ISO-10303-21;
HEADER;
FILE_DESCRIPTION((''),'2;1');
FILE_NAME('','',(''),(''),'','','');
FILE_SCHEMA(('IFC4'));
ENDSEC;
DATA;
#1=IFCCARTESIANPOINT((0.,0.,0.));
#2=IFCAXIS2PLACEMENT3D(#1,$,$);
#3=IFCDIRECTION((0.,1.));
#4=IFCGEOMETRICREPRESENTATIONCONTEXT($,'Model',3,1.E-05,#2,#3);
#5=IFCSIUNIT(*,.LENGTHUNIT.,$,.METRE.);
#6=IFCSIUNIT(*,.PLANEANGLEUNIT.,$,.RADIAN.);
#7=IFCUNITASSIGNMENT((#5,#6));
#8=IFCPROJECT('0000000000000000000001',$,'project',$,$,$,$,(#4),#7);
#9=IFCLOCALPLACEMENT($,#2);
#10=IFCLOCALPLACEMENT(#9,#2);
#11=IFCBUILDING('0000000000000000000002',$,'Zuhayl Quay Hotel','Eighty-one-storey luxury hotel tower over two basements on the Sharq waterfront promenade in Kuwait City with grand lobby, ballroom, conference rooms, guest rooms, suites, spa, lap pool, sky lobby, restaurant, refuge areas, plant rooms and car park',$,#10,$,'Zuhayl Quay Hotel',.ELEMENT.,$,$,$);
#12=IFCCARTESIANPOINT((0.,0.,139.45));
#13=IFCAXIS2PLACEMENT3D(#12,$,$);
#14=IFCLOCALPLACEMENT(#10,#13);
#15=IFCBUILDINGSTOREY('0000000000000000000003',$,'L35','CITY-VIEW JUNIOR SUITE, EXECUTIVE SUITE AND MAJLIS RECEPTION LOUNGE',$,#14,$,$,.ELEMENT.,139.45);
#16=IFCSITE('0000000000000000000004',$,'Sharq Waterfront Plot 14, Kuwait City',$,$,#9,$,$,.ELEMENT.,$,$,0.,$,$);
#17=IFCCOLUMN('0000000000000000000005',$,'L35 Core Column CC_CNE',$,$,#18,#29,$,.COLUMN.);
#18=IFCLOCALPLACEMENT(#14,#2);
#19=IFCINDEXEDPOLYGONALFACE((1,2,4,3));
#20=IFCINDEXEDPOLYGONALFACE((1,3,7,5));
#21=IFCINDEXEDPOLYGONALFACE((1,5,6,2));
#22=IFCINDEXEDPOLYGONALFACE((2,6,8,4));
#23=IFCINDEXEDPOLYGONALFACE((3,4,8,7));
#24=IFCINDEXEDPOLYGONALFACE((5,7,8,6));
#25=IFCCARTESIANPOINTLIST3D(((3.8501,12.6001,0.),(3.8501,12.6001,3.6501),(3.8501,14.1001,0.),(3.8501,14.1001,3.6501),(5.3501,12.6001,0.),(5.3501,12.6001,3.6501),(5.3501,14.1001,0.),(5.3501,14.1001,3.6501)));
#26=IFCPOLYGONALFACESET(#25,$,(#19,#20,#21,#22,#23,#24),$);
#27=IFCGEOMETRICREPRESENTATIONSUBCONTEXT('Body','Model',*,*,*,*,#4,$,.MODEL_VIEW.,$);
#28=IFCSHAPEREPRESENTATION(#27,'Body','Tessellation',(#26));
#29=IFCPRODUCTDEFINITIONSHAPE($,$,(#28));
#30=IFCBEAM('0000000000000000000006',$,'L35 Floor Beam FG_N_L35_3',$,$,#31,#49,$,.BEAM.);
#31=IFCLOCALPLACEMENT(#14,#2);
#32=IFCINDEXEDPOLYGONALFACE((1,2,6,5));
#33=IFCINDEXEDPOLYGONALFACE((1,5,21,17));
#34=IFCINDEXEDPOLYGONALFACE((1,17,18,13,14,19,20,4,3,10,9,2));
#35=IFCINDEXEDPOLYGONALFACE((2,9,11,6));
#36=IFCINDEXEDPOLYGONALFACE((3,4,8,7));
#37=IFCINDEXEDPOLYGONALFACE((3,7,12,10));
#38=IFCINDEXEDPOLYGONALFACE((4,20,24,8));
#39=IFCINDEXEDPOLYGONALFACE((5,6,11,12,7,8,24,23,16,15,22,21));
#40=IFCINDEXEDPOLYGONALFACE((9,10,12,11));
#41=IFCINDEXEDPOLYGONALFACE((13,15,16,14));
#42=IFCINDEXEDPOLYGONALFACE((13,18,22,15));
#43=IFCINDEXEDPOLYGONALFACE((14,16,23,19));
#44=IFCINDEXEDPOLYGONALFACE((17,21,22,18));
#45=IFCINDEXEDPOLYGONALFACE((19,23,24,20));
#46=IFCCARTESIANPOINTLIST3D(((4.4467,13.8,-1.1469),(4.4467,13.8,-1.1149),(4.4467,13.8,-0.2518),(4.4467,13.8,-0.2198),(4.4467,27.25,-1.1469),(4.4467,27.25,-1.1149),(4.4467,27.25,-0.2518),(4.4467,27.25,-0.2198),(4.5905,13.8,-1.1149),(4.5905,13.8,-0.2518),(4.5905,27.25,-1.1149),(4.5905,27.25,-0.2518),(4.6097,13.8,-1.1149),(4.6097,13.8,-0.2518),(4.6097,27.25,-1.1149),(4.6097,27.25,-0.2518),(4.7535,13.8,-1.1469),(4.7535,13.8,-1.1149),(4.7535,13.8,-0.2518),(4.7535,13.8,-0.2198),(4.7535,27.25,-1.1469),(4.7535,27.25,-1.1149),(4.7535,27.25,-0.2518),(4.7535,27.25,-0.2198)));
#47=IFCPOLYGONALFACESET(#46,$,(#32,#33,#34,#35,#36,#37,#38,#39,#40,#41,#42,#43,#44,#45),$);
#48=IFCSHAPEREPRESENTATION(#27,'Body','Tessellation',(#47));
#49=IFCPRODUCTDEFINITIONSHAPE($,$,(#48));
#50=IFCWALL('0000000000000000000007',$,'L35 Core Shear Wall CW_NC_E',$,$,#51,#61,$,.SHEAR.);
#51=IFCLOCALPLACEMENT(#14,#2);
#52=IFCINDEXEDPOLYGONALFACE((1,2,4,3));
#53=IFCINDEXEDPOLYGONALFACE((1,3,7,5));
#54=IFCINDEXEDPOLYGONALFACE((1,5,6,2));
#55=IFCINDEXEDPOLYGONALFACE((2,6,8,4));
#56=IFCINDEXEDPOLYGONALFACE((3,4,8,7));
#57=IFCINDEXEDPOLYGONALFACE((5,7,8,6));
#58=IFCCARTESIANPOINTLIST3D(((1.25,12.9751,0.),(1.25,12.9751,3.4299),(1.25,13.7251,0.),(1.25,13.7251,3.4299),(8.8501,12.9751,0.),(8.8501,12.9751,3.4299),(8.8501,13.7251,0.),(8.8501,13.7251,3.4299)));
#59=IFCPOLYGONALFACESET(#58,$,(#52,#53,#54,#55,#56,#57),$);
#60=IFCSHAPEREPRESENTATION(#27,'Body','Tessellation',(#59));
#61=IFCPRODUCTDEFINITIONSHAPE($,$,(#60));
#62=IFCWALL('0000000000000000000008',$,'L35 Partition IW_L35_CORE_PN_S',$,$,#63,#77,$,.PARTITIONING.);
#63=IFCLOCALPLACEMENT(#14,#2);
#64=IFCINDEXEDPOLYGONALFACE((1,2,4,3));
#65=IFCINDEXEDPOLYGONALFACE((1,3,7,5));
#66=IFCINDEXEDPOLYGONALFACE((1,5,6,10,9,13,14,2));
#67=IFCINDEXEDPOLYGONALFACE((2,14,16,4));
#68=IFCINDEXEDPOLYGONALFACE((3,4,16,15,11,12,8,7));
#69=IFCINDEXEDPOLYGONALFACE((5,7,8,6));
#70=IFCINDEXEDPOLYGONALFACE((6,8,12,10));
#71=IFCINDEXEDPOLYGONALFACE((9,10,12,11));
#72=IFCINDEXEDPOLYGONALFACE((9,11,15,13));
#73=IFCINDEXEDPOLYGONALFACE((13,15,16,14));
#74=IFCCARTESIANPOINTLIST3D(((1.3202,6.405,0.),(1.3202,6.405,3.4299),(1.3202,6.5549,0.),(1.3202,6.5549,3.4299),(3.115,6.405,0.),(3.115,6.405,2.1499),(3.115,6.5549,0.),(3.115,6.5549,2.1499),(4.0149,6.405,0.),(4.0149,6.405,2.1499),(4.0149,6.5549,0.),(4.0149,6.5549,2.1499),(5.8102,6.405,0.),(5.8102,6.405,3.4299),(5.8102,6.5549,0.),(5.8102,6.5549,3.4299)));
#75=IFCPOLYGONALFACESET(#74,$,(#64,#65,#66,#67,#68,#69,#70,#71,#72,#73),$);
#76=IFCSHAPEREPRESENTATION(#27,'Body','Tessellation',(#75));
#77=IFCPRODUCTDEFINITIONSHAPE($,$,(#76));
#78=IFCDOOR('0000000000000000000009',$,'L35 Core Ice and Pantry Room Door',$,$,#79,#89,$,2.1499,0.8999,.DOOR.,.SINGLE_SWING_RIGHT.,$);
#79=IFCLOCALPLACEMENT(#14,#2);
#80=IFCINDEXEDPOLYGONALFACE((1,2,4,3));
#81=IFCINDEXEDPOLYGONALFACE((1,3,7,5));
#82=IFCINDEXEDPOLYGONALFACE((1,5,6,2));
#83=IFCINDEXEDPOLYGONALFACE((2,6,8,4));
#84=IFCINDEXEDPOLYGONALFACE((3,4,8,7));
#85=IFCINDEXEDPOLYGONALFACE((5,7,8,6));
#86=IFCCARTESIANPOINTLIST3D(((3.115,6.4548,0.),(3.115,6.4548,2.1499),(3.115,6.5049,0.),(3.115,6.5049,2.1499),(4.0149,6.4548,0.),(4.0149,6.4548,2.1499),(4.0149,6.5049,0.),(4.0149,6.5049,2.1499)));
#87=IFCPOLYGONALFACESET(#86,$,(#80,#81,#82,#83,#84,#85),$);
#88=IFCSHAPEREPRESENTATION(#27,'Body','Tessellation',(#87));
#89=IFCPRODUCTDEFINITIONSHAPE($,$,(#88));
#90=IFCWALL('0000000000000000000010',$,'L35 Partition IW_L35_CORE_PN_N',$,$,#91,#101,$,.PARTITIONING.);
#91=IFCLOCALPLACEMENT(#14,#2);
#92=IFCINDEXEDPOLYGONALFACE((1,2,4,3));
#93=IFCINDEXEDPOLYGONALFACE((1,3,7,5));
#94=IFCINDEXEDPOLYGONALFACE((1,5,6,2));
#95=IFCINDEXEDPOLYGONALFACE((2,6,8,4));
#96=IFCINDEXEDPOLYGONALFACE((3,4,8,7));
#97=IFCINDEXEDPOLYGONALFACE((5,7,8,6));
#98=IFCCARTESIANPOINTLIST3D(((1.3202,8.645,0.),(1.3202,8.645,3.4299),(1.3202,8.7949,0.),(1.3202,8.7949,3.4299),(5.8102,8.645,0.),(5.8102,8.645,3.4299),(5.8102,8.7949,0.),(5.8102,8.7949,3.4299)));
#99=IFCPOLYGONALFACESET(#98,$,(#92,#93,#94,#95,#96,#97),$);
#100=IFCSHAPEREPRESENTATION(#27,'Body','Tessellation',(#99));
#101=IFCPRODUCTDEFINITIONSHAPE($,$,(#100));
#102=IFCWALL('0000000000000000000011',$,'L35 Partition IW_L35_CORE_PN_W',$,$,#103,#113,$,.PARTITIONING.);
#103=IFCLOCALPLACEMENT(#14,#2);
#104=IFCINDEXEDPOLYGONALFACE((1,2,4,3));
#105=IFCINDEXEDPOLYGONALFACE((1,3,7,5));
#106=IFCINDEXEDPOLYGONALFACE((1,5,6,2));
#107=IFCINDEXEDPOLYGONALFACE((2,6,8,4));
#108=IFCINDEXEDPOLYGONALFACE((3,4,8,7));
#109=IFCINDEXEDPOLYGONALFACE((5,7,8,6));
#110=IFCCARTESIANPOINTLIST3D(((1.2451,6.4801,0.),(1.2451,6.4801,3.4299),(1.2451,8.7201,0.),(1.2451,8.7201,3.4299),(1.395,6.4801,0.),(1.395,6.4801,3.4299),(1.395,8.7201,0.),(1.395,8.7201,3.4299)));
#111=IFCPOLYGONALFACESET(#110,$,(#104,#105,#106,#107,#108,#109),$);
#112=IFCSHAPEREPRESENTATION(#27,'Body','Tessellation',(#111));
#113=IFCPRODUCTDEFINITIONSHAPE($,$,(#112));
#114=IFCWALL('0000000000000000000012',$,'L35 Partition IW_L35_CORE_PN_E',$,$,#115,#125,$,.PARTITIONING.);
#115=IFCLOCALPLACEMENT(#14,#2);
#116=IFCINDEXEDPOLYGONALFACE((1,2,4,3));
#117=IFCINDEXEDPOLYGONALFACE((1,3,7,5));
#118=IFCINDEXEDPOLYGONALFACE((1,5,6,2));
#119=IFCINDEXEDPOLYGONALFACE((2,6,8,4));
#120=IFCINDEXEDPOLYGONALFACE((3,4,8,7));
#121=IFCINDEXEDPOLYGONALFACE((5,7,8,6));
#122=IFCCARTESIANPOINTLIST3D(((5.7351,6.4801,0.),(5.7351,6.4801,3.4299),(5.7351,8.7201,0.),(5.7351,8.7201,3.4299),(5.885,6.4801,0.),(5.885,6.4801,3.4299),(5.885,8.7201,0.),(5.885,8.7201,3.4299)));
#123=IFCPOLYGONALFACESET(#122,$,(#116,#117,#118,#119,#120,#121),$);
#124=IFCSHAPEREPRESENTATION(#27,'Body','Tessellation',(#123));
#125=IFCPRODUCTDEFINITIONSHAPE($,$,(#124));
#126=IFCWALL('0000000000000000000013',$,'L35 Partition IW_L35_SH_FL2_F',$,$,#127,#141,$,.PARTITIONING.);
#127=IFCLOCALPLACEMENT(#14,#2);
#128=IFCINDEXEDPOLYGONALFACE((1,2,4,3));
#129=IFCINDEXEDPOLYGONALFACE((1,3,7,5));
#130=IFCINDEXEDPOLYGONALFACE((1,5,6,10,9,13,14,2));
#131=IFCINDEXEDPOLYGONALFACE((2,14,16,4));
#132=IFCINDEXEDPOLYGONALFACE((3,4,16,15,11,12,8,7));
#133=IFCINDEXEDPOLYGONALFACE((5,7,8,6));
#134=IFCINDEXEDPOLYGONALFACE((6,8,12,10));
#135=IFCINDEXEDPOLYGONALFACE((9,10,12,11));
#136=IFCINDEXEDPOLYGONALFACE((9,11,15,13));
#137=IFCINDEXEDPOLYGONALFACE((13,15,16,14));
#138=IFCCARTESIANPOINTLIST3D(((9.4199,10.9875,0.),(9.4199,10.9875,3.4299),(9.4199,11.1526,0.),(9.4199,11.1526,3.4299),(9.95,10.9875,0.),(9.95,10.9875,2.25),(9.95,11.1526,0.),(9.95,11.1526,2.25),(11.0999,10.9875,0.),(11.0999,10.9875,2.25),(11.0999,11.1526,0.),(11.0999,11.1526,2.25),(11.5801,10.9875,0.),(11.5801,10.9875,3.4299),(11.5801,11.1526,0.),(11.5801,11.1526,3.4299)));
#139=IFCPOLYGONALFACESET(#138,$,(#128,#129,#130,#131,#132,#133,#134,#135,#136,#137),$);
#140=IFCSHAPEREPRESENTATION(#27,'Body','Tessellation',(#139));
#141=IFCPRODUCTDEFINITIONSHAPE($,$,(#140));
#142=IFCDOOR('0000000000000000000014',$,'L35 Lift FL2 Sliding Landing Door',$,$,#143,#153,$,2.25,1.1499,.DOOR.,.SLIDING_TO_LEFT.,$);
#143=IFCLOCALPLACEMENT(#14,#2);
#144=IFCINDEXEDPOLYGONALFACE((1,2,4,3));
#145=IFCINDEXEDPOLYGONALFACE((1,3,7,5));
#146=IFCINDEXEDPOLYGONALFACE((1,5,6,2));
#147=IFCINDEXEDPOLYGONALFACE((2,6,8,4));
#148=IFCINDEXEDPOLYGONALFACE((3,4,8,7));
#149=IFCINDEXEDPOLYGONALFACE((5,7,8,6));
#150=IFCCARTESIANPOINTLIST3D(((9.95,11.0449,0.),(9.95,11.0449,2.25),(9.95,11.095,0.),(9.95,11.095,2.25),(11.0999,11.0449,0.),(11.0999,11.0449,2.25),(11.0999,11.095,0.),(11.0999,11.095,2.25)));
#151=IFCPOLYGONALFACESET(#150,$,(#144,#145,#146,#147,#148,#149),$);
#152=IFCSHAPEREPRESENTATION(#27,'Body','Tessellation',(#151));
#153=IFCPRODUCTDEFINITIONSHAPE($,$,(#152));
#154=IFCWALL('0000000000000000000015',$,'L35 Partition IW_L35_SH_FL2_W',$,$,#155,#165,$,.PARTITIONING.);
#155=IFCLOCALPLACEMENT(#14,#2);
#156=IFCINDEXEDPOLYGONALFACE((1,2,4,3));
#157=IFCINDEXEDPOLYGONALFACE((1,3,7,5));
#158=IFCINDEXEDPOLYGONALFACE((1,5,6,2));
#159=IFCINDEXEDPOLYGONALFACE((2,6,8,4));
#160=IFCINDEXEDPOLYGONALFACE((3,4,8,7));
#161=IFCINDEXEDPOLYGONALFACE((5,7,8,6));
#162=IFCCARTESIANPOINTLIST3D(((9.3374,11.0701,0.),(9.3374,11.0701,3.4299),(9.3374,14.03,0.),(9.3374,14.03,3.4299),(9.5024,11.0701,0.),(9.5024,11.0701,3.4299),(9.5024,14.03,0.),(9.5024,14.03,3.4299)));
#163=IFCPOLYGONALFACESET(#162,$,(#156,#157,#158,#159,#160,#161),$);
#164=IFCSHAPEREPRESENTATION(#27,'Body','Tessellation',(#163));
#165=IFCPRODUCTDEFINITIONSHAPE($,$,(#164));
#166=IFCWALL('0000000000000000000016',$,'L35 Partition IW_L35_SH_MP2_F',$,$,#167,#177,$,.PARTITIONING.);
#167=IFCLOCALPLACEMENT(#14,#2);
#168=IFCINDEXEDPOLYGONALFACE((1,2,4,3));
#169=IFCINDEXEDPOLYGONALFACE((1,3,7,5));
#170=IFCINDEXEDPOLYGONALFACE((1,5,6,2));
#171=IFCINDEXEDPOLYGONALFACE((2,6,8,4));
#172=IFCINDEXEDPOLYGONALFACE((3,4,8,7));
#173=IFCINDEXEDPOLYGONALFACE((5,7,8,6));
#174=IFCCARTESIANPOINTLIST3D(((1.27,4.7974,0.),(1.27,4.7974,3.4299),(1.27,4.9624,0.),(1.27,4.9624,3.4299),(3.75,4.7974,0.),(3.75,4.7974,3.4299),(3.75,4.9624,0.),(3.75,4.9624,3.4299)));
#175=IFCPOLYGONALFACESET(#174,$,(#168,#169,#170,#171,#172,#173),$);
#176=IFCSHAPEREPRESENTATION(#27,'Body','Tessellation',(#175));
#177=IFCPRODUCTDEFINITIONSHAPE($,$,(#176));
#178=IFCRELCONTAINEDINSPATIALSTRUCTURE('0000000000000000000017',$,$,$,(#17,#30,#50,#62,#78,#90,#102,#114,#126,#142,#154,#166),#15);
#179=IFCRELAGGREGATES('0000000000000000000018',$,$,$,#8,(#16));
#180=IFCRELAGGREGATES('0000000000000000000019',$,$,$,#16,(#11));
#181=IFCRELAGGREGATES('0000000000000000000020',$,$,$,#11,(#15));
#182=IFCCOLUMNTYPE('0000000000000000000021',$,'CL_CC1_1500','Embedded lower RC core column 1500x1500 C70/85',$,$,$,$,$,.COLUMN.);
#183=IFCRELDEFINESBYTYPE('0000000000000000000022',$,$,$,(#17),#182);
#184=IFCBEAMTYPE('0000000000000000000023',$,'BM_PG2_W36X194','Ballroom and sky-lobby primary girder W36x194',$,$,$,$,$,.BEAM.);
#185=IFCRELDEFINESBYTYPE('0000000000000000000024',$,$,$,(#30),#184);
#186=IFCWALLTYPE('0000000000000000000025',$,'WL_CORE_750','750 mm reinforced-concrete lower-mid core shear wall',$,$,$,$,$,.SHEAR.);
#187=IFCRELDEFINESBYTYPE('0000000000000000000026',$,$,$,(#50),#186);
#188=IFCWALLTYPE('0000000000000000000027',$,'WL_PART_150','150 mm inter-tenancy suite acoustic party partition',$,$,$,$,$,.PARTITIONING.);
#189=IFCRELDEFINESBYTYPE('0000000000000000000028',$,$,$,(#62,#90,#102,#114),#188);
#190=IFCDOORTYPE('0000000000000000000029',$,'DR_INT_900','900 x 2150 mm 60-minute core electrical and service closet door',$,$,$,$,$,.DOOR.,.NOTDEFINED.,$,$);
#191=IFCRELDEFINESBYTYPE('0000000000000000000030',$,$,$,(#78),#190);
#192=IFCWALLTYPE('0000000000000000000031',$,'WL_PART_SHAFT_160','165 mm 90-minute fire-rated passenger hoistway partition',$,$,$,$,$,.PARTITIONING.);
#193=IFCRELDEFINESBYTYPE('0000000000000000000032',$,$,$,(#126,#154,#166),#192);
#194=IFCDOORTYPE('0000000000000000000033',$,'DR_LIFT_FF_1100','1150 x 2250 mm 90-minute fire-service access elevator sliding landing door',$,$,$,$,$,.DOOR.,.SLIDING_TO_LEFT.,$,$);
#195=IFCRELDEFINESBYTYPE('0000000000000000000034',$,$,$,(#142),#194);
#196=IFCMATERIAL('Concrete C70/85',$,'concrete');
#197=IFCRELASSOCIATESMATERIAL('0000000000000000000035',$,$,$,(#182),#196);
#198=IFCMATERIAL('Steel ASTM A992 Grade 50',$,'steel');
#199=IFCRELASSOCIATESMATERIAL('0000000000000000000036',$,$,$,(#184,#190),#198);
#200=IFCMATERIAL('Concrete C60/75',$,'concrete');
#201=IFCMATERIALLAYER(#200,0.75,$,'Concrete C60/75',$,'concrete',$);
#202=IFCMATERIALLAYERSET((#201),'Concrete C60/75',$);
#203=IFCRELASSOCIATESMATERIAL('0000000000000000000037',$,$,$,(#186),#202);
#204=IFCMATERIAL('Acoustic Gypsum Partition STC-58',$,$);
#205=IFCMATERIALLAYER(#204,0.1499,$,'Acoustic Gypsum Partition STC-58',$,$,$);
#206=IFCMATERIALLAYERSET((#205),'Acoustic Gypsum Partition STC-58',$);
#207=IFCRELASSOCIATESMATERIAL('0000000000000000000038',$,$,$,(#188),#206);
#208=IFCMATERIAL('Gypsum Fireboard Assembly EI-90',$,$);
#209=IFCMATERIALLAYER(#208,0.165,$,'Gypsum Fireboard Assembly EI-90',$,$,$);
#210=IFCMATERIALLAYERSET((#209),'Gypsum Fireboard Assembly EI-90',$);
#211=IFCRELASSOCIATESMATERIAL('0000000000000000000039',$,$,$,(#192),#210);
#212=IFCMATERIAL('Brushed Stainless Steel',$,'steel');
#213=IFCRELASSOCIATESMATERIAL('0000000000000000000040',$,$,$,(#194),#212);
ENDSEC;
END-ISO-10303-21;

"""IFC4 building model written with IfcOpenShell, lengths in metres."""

from ifc_helpers import new_model, si_unit, direction, frame, frame_2d, origin, origin_2d, place, context, subcontext, project, spatial, rectangle, i_section, extrude, material, layer, layer_set, material_profile, profile_set, type_object, element, fill, save


model = new_model("IFC4")

# Units and contexts
model_context = context("Model", 3, precision=1e-05, world=origin(), true_north=direction((0.0, 1.0)))
body_context = subcontext(model_context, "Body", "Model", "MODEL_VIEW")
ifc_project = project(units=[si_unit("LENGTHUNIT", "METRE"), si_unit("PLANEANGLEUNIT", "RADIAN")], contexts=[model_context])

# Site, building, storey
site_placement = place(None, origin())
site = spatial("IfcSite", under=ifc_project, at=site_placement, Name="Sharq Waterfront Plot 14, Kuwait City", CompositionType="ELEMENT", RefElevation=0.0)
building_placement = place(site_placement, origin())
building = spatial("IfcBuilding", under=site, at=building_placement, Name="Zuhayl Quay Hotel", Description="Eighty-one-storey luxury hotel tower over two basements on the Sharq waterfront promenade in Kuwait City with grand lobby, ballroom, conference rooms, guest rooms, suites, spa, lap pool, sky lobby, restaurant, refuge areas, plant rooms and car park", LongName="Zuhayl Quay Hotel", CompositionType="ELEMENT")
storey_placement = place(building_placement, frame((0.0, 0.0, 139.45)))
storey = spatial("IfcBuildingStorey", under=building, at=storey_placement, Name="L35", Description="CITY-VIEW JUNIOR SUITE, EXECUTIVE SUITE AND MAJLIS RECEPTION LOUNGE", CompositionType="ELEMENT", Elevation=139.45)

# Column
ifc_material_1 = material(Name="Concrete C70/85", Category="concrete")
ifc_material_profile_1 = material_profile(ifc_material_1, rectangle(XDim=1.5, YDim=1.5, at=origin_2d()), Name="RC1500X1500")
ifc_profile_set_1 = profile_set([ifc_material_profile_1], Name="Concrete C70/85")
column_type = type_object("IfcColumnType", Name="CL_CC1_1500", Description="Embedded lower RC core column 1500x1500 C70/85", PredefinedType="COLUMN", material=ifc_profile_set_1)
column_placement = place(storey_placement, frame((4.6001, 13.3501, 0.0), z_axis=(0.0, 0.0, 1.0), x_axis=(1.0, 0.0, 0.0)))
element("IfcColumn", 1, at=column_placement, inside=storey, type_object=column_type, Name="L35 Core Column CC_CNE", PredefinedType="COLUMN", context=body_context, shape_type="SweptSolid", body=[
    extrude(rectangle(XDim=1.5, YDim=1.5, at=origin_2d()), origin(), (0.0, 0.0, 1.0), 3.6501),
])

# Beam
ifc_material_2 = material(Name="Steel ASTM A992 Grade 50", Category="steel")
ifc_material_profile_2 = material_profile(ifc_material_2, i_section(OverallWidth=0.3069, OverallDepth=0.927, WebThickness=0.0193, FlangeThickness=0.032, at=origin_2d()), Name="W36X194")
ifc_profile_set_2 = profile_set([ifc_material_profile_2], Name="Steel ASTM A992 Grade 50")
beam_type = type_object("IfcBeamType", Name="BM_PG2_W36X194", Description="Ballroom and sky-lobby primary girder W36x194", PredefinedType="BEAM", material=ifc_profile_set_2)
beam_placement = place(storey_placement, frame((4.6001, 13.8, -0.6833), z_axis=(0.0, 1.0, 0.0), x_axis=(-1.0, 0.0, 0.0)))
element("IfcBeam", 2, at=beam_placement, inside=storey, type_object=beam_type, Name="L35 Floor Beam FG_N_L35_3", PredefinedType="BEAM", context=body_context, shape_type="SweptSolid", body=[
    extrude(i_section(OverallWidth=0.3069, OverallDepth=0.927, WebThickness=0.0193, FlangeThickness=0.032, at=origin_2d()), origin(), (0.0, 0.0, 1.0), 13.45),
])

# Wall
ifc_material_3 = material(Name="Concrete C60/75", Category="concrete")
ifc_layer_1 = layer(ifc_material_3, 0.75, Name="Concrete C60/75", Category="concrete")
ifc_layer_set_1 = layer_set([ifc_layer_1], Name="Concrete C60/75")
wall_type_1 = type_object("IfcWallType", Name="WL_CORE_750", Description="750 mm reinforced-concrete lower-mid core shear wall", PredefinedType="SHEAR", material=ifc_layer_set_1)
wall_1_placement = place(storey_placement, frame((1.25, 13.3501, 0.0), z_axis=(0.0, 0.0, 1.0), x_axis=(1.0, 0.0, 0.0)))
element("IfcWall", 3, at=wall_1_placement, inside=storey, type_object=wall_type_1, Name="L35 Core Shear Wall CW_NC_E", PredefinedType="SHEAR", context=body_context, shape_type="SweptSolid", body=[
    extrude(rectangle(XDim=7.6001, YDim=0.75, at=frame_2d((3.8, 0.0))), origin(), (0.0, 0.0, 1.0), 3.4299),
])

# Wall, opening, door
ifc_material_4 = material(Name="Acoustic Gypsum Partition STC-58")
ifc_layer_2 = layer(ifc_material_4, 0.1499, Name="Acoustic Gypsum Partition STC-58")
ifc_layer_set_2 = layer_set([ifc_layer_2], Name="Acoustic Gypsum Partition STC-58")
wall_type_2 = type_object("IfcWallType", Name="WL_PART_150", Description="150 mm inter-tenancy suite acoustic party partition", PredefinedType="PARTITIONING", material=ifc_layer_set_2)
wall_2_placement = place(storey_placement, frame((1.3201, 6.48, 0.0), z_axis=(0.0, 0.0, 1.0), x_axis=(1.0, 0.0, 0.0)))
wall_2 = element("IfcWall", 4, at=wall_2_placement, inside=storey, type_object=wall_type_2, Name="L35 Partition IW_L35_CORE_PN_S", PredefinedType="PARTITIONING", context=body_context, shape_type="SweptSolid", body=[
    extrude(rectangle(XDim=4.49, YDim=0.1499, at=frame_2d((2.2451, 0.0))), origin(), (0.0, 0.0, 1.0), 3.4299),
])
opening_1_placement = place(wall_2_placement, frame((1.7949, 0.0, 0.0)))
opening_1 = element("IfcOpeningElement", 5, at=opening_1_placement, cuts=wall_2, PredefinedType="OPENING", context=body_context, shape_type="SweptSolid", body=[
    extrude(rectangle(XDim=0.8999, YDim=2.1499, at=frame_2d((0.45, 1.075))), frame((0.0, 0.085, 0.0), z_axis=(0.0, -1.0, 0.0), x_axis=(1.0, 0.0, 0.0)), (0.0, 0.0, 1.0), 0.1699),
])
door_type_1 = type_object("IfcDoorType", Name="DR_INT_900", Description="900 x 2150 mm 60-minute core electrical and service closet door", OperationType="NOTDEFINED", PredefinedType="DOOR", material=ifc_material_2)
door_1_placement = place(opening_1_placement, origin())
door_1 = element("IfcDoor", 6, at=door_1_placement, inside=storey, type_object=door_type_1, Name="L35 Core Ice and Pantry Room Door", OperationType="SINGLE_SWING_RIGHT", OverallHeight=2.1499, OverallWidth=0.8999, PredefinedType="DOOR", context=body_context, shape_type="SweptSolid", body=[
    extrude(rectangle(XDim=0.8999, YDim=2.1499, at=frame_2d((0.45, 1.075))), frame((0.0, 0.0249, 0.0), z_axis=(0.0, -1.0, 0.0), x_axis=(1.0, 0.0, 0.0)), (0.0, 0.0, 1.0), 0.05),
])
fill(opening_1, door_1)

# Walls
wall_3_placement = place(storey_placement, frame((1.3201, 8.72, 0.0), z_axis=(0.0, 0.0, 1.0), x_axis=(1.0, 0.0, 0.0)))
element("IfcWall", 7, at=wall_3_placement, inside=storey, type_object=wall_type_2, Name="L35 Partition IW_L35_CORE_PN_N", PredefinedType="PARTITIONING", context=body_context, shape_type="SweptSolid", body=[
    extrude(rectangle(XDim=4.49, YDim=0.1499, at=frame_2d((2.2451, 0.0))), origin(), (0.0, 0.0, 1.0), 3.4299),
])
for number, where, z_axis, x_axis, name in (
    (8, (1.3201, 6.48, 0.0), (0.0, 0.0, 1.0), (0.0, 1.0, 0.0), "L35 Partition IW_L35_CORE_PN_W"),
    (9, (5.8101, 6.48, 0.0), (0.0, 0.0, 1.0), (0.0, 1.0, 0.0), "L35 Partition IW_L35_CORE_PN_E"),
):
    element("IfcWall", number, at=place(storey_placement, frame(where, z_axis=z_axis, x_axis=x_axis)), inside=storey, type_object=wall_type_2, Name=name, PredefinedType="PARTITIONING", context=body_context, shape_type="SweptSolid", body=[
        extrude(rectangle(XDim=2.24, YDim=0.1499, at=frame_2d((1.1201, 0.0))), origin(), (0.0, 0.0, 1.0), 3.4299),
    ])

# Wall, opening, door
ifc_material_5 = material(Name="Gypsum Fireboard Assembly EI-90")
ifc_layer_3 = layer(ifc_material_5, 0.165, Name="Gypsum Fireboard Assembly EI-90")
ifc_layer_set_3 = layer_set([ifc_layer_3], Name="Gypsum Fireboard Assembly EI-90")
wall_type_3 = type_object("IfcWallType", Name="WL_PART_SHAFT_160", Description="165 mm 90-minute fire-rated passenger hoistway partition", PredefinedType="PARTITIONING", material=ifc_layer_set_3)
wall_4_placement = place(storey_placement, frame((9.4199, 11.0701, 0.0), z_axis=(0.0, 0.0, 1.0), x_axis=(1.0, 0.0, 0.0)))
wall_4 = element("IfcWall", 10, at=wall_4_placement, inside=storey, type_object=wall_type_3, Name="L35 Partition IW_L35_SH_FL2_F", PredefinedType="PARTITIONING", context=body_context, shape_type="SweptSolid", body=[
    extrude(rectangle(XDim=2.1602, YDim=0.165, at=frame_2d((1.0801, 0.0))), origin(), (0.0, 0.0, 1.0), 3.4299),
])
opening_2_placement = place(wall_4_placement, frame((0.53, 0.0, 0.0)))
opening_2 = element("IfcOpeningElement", 11, at=opening_2_placement, cuts=wall_4, PredefinedType="OPENING", context=body_context, shape_type="SweptSolid", body=[
    extrude(rectangle(XDim=1.1499, YDim=2.25, at=frame_2d((0.575, 1.125))), frame((0.0, 0.0925, 0.0), z_axis=(0.0, -1.0, 0.0), x_axis=(1.0, 0.0, 0.0)), (0.0, 0.0, 1.0), 0.1851),
])
ifc_material_6 = material(Name="Brushed Stainless Steel", Category="steel")
door_type_2 = type_object("IfcDoorType", Name="DR_LIFT_FF_1100", Description="1150 x 2250 mm 90-minute fire-service access elevator sliding landing door", OperationType="SLIDING_TO_LEFT", PredefinedType="DOOR", material=ifc_material_6)
door_2_placement = place(opening_2_placement, origin())
door_2 = element("IfcDoor", 12, at=door_2_placement, inside=storey, type_object=door_type_2, Name="L35 Lift FL2 Sliding Landing Door", OperationType="SLIDING_TO_LEFT", OverallHeight=2.25, OverallWidth=1.1499, PredefinedType="DOOR", context=body_context, shape_type="SweptSolid", body=[
    extrude(rectangle(XDim=1.1499, YDim=2.25, at=frame_2d((0.575, 1.125))), frame((0.0, 0.0249, 0.0), z_axis=(0.0, -1.0, 0.0), x_axis=(1.0, 0.0, 0.0)), (0.0, 0.0, 1.0), 0.05),
])
fill(opening_2, door_2)

# Walls
wall_5_placement = place(storey_placement, frame((9.4199, 11.0701, 0.0), z_axis=(0.0, 0.0, 1.0), x_axis=(0.0, 1.0, 0.0)))
element("IfcWall", 13, at=wall_5_placement, inside=storey, type_object=wall_type_3, Name="L35 Partition IW_L35_SH_FL2_W", PredefinedType="PARTITIONING", context=body_context, shape_type="SweptSolid", body=[
    extrude(rectangle(XDim=2.96, YDim=0.165, at=frame_2d((1.48, 0.0))), origin(), (0.0, 0.0, 1.0), 3.4299),
])
for number, where, z_axis, x_axis, name in (
    (14, (1.27, 4.8799, 0.0), (0.0, 0.0, 1.0), (1.0, 0.0, 0.0), "L35 Partition IW_L35_SH_MP2_F"),
):
    element("IfcWall", number, at=place(storey_placement, frame(where, z_axis=z_axis, x_axis=x_axis)), inside=storey, type_object=wall_type_3, Name=name, PredefinedType="PARTITIONING", context=body_context, shape_type="SweptSolid", body=[
        extrude(rectangle(XDim=2.48, YDim=0.165, at=frame_2d((1.24, 0.0))), origin(), (0.0, 0.0, 1.0), 3.4299),
    ])

save(model, "model.ifc")
